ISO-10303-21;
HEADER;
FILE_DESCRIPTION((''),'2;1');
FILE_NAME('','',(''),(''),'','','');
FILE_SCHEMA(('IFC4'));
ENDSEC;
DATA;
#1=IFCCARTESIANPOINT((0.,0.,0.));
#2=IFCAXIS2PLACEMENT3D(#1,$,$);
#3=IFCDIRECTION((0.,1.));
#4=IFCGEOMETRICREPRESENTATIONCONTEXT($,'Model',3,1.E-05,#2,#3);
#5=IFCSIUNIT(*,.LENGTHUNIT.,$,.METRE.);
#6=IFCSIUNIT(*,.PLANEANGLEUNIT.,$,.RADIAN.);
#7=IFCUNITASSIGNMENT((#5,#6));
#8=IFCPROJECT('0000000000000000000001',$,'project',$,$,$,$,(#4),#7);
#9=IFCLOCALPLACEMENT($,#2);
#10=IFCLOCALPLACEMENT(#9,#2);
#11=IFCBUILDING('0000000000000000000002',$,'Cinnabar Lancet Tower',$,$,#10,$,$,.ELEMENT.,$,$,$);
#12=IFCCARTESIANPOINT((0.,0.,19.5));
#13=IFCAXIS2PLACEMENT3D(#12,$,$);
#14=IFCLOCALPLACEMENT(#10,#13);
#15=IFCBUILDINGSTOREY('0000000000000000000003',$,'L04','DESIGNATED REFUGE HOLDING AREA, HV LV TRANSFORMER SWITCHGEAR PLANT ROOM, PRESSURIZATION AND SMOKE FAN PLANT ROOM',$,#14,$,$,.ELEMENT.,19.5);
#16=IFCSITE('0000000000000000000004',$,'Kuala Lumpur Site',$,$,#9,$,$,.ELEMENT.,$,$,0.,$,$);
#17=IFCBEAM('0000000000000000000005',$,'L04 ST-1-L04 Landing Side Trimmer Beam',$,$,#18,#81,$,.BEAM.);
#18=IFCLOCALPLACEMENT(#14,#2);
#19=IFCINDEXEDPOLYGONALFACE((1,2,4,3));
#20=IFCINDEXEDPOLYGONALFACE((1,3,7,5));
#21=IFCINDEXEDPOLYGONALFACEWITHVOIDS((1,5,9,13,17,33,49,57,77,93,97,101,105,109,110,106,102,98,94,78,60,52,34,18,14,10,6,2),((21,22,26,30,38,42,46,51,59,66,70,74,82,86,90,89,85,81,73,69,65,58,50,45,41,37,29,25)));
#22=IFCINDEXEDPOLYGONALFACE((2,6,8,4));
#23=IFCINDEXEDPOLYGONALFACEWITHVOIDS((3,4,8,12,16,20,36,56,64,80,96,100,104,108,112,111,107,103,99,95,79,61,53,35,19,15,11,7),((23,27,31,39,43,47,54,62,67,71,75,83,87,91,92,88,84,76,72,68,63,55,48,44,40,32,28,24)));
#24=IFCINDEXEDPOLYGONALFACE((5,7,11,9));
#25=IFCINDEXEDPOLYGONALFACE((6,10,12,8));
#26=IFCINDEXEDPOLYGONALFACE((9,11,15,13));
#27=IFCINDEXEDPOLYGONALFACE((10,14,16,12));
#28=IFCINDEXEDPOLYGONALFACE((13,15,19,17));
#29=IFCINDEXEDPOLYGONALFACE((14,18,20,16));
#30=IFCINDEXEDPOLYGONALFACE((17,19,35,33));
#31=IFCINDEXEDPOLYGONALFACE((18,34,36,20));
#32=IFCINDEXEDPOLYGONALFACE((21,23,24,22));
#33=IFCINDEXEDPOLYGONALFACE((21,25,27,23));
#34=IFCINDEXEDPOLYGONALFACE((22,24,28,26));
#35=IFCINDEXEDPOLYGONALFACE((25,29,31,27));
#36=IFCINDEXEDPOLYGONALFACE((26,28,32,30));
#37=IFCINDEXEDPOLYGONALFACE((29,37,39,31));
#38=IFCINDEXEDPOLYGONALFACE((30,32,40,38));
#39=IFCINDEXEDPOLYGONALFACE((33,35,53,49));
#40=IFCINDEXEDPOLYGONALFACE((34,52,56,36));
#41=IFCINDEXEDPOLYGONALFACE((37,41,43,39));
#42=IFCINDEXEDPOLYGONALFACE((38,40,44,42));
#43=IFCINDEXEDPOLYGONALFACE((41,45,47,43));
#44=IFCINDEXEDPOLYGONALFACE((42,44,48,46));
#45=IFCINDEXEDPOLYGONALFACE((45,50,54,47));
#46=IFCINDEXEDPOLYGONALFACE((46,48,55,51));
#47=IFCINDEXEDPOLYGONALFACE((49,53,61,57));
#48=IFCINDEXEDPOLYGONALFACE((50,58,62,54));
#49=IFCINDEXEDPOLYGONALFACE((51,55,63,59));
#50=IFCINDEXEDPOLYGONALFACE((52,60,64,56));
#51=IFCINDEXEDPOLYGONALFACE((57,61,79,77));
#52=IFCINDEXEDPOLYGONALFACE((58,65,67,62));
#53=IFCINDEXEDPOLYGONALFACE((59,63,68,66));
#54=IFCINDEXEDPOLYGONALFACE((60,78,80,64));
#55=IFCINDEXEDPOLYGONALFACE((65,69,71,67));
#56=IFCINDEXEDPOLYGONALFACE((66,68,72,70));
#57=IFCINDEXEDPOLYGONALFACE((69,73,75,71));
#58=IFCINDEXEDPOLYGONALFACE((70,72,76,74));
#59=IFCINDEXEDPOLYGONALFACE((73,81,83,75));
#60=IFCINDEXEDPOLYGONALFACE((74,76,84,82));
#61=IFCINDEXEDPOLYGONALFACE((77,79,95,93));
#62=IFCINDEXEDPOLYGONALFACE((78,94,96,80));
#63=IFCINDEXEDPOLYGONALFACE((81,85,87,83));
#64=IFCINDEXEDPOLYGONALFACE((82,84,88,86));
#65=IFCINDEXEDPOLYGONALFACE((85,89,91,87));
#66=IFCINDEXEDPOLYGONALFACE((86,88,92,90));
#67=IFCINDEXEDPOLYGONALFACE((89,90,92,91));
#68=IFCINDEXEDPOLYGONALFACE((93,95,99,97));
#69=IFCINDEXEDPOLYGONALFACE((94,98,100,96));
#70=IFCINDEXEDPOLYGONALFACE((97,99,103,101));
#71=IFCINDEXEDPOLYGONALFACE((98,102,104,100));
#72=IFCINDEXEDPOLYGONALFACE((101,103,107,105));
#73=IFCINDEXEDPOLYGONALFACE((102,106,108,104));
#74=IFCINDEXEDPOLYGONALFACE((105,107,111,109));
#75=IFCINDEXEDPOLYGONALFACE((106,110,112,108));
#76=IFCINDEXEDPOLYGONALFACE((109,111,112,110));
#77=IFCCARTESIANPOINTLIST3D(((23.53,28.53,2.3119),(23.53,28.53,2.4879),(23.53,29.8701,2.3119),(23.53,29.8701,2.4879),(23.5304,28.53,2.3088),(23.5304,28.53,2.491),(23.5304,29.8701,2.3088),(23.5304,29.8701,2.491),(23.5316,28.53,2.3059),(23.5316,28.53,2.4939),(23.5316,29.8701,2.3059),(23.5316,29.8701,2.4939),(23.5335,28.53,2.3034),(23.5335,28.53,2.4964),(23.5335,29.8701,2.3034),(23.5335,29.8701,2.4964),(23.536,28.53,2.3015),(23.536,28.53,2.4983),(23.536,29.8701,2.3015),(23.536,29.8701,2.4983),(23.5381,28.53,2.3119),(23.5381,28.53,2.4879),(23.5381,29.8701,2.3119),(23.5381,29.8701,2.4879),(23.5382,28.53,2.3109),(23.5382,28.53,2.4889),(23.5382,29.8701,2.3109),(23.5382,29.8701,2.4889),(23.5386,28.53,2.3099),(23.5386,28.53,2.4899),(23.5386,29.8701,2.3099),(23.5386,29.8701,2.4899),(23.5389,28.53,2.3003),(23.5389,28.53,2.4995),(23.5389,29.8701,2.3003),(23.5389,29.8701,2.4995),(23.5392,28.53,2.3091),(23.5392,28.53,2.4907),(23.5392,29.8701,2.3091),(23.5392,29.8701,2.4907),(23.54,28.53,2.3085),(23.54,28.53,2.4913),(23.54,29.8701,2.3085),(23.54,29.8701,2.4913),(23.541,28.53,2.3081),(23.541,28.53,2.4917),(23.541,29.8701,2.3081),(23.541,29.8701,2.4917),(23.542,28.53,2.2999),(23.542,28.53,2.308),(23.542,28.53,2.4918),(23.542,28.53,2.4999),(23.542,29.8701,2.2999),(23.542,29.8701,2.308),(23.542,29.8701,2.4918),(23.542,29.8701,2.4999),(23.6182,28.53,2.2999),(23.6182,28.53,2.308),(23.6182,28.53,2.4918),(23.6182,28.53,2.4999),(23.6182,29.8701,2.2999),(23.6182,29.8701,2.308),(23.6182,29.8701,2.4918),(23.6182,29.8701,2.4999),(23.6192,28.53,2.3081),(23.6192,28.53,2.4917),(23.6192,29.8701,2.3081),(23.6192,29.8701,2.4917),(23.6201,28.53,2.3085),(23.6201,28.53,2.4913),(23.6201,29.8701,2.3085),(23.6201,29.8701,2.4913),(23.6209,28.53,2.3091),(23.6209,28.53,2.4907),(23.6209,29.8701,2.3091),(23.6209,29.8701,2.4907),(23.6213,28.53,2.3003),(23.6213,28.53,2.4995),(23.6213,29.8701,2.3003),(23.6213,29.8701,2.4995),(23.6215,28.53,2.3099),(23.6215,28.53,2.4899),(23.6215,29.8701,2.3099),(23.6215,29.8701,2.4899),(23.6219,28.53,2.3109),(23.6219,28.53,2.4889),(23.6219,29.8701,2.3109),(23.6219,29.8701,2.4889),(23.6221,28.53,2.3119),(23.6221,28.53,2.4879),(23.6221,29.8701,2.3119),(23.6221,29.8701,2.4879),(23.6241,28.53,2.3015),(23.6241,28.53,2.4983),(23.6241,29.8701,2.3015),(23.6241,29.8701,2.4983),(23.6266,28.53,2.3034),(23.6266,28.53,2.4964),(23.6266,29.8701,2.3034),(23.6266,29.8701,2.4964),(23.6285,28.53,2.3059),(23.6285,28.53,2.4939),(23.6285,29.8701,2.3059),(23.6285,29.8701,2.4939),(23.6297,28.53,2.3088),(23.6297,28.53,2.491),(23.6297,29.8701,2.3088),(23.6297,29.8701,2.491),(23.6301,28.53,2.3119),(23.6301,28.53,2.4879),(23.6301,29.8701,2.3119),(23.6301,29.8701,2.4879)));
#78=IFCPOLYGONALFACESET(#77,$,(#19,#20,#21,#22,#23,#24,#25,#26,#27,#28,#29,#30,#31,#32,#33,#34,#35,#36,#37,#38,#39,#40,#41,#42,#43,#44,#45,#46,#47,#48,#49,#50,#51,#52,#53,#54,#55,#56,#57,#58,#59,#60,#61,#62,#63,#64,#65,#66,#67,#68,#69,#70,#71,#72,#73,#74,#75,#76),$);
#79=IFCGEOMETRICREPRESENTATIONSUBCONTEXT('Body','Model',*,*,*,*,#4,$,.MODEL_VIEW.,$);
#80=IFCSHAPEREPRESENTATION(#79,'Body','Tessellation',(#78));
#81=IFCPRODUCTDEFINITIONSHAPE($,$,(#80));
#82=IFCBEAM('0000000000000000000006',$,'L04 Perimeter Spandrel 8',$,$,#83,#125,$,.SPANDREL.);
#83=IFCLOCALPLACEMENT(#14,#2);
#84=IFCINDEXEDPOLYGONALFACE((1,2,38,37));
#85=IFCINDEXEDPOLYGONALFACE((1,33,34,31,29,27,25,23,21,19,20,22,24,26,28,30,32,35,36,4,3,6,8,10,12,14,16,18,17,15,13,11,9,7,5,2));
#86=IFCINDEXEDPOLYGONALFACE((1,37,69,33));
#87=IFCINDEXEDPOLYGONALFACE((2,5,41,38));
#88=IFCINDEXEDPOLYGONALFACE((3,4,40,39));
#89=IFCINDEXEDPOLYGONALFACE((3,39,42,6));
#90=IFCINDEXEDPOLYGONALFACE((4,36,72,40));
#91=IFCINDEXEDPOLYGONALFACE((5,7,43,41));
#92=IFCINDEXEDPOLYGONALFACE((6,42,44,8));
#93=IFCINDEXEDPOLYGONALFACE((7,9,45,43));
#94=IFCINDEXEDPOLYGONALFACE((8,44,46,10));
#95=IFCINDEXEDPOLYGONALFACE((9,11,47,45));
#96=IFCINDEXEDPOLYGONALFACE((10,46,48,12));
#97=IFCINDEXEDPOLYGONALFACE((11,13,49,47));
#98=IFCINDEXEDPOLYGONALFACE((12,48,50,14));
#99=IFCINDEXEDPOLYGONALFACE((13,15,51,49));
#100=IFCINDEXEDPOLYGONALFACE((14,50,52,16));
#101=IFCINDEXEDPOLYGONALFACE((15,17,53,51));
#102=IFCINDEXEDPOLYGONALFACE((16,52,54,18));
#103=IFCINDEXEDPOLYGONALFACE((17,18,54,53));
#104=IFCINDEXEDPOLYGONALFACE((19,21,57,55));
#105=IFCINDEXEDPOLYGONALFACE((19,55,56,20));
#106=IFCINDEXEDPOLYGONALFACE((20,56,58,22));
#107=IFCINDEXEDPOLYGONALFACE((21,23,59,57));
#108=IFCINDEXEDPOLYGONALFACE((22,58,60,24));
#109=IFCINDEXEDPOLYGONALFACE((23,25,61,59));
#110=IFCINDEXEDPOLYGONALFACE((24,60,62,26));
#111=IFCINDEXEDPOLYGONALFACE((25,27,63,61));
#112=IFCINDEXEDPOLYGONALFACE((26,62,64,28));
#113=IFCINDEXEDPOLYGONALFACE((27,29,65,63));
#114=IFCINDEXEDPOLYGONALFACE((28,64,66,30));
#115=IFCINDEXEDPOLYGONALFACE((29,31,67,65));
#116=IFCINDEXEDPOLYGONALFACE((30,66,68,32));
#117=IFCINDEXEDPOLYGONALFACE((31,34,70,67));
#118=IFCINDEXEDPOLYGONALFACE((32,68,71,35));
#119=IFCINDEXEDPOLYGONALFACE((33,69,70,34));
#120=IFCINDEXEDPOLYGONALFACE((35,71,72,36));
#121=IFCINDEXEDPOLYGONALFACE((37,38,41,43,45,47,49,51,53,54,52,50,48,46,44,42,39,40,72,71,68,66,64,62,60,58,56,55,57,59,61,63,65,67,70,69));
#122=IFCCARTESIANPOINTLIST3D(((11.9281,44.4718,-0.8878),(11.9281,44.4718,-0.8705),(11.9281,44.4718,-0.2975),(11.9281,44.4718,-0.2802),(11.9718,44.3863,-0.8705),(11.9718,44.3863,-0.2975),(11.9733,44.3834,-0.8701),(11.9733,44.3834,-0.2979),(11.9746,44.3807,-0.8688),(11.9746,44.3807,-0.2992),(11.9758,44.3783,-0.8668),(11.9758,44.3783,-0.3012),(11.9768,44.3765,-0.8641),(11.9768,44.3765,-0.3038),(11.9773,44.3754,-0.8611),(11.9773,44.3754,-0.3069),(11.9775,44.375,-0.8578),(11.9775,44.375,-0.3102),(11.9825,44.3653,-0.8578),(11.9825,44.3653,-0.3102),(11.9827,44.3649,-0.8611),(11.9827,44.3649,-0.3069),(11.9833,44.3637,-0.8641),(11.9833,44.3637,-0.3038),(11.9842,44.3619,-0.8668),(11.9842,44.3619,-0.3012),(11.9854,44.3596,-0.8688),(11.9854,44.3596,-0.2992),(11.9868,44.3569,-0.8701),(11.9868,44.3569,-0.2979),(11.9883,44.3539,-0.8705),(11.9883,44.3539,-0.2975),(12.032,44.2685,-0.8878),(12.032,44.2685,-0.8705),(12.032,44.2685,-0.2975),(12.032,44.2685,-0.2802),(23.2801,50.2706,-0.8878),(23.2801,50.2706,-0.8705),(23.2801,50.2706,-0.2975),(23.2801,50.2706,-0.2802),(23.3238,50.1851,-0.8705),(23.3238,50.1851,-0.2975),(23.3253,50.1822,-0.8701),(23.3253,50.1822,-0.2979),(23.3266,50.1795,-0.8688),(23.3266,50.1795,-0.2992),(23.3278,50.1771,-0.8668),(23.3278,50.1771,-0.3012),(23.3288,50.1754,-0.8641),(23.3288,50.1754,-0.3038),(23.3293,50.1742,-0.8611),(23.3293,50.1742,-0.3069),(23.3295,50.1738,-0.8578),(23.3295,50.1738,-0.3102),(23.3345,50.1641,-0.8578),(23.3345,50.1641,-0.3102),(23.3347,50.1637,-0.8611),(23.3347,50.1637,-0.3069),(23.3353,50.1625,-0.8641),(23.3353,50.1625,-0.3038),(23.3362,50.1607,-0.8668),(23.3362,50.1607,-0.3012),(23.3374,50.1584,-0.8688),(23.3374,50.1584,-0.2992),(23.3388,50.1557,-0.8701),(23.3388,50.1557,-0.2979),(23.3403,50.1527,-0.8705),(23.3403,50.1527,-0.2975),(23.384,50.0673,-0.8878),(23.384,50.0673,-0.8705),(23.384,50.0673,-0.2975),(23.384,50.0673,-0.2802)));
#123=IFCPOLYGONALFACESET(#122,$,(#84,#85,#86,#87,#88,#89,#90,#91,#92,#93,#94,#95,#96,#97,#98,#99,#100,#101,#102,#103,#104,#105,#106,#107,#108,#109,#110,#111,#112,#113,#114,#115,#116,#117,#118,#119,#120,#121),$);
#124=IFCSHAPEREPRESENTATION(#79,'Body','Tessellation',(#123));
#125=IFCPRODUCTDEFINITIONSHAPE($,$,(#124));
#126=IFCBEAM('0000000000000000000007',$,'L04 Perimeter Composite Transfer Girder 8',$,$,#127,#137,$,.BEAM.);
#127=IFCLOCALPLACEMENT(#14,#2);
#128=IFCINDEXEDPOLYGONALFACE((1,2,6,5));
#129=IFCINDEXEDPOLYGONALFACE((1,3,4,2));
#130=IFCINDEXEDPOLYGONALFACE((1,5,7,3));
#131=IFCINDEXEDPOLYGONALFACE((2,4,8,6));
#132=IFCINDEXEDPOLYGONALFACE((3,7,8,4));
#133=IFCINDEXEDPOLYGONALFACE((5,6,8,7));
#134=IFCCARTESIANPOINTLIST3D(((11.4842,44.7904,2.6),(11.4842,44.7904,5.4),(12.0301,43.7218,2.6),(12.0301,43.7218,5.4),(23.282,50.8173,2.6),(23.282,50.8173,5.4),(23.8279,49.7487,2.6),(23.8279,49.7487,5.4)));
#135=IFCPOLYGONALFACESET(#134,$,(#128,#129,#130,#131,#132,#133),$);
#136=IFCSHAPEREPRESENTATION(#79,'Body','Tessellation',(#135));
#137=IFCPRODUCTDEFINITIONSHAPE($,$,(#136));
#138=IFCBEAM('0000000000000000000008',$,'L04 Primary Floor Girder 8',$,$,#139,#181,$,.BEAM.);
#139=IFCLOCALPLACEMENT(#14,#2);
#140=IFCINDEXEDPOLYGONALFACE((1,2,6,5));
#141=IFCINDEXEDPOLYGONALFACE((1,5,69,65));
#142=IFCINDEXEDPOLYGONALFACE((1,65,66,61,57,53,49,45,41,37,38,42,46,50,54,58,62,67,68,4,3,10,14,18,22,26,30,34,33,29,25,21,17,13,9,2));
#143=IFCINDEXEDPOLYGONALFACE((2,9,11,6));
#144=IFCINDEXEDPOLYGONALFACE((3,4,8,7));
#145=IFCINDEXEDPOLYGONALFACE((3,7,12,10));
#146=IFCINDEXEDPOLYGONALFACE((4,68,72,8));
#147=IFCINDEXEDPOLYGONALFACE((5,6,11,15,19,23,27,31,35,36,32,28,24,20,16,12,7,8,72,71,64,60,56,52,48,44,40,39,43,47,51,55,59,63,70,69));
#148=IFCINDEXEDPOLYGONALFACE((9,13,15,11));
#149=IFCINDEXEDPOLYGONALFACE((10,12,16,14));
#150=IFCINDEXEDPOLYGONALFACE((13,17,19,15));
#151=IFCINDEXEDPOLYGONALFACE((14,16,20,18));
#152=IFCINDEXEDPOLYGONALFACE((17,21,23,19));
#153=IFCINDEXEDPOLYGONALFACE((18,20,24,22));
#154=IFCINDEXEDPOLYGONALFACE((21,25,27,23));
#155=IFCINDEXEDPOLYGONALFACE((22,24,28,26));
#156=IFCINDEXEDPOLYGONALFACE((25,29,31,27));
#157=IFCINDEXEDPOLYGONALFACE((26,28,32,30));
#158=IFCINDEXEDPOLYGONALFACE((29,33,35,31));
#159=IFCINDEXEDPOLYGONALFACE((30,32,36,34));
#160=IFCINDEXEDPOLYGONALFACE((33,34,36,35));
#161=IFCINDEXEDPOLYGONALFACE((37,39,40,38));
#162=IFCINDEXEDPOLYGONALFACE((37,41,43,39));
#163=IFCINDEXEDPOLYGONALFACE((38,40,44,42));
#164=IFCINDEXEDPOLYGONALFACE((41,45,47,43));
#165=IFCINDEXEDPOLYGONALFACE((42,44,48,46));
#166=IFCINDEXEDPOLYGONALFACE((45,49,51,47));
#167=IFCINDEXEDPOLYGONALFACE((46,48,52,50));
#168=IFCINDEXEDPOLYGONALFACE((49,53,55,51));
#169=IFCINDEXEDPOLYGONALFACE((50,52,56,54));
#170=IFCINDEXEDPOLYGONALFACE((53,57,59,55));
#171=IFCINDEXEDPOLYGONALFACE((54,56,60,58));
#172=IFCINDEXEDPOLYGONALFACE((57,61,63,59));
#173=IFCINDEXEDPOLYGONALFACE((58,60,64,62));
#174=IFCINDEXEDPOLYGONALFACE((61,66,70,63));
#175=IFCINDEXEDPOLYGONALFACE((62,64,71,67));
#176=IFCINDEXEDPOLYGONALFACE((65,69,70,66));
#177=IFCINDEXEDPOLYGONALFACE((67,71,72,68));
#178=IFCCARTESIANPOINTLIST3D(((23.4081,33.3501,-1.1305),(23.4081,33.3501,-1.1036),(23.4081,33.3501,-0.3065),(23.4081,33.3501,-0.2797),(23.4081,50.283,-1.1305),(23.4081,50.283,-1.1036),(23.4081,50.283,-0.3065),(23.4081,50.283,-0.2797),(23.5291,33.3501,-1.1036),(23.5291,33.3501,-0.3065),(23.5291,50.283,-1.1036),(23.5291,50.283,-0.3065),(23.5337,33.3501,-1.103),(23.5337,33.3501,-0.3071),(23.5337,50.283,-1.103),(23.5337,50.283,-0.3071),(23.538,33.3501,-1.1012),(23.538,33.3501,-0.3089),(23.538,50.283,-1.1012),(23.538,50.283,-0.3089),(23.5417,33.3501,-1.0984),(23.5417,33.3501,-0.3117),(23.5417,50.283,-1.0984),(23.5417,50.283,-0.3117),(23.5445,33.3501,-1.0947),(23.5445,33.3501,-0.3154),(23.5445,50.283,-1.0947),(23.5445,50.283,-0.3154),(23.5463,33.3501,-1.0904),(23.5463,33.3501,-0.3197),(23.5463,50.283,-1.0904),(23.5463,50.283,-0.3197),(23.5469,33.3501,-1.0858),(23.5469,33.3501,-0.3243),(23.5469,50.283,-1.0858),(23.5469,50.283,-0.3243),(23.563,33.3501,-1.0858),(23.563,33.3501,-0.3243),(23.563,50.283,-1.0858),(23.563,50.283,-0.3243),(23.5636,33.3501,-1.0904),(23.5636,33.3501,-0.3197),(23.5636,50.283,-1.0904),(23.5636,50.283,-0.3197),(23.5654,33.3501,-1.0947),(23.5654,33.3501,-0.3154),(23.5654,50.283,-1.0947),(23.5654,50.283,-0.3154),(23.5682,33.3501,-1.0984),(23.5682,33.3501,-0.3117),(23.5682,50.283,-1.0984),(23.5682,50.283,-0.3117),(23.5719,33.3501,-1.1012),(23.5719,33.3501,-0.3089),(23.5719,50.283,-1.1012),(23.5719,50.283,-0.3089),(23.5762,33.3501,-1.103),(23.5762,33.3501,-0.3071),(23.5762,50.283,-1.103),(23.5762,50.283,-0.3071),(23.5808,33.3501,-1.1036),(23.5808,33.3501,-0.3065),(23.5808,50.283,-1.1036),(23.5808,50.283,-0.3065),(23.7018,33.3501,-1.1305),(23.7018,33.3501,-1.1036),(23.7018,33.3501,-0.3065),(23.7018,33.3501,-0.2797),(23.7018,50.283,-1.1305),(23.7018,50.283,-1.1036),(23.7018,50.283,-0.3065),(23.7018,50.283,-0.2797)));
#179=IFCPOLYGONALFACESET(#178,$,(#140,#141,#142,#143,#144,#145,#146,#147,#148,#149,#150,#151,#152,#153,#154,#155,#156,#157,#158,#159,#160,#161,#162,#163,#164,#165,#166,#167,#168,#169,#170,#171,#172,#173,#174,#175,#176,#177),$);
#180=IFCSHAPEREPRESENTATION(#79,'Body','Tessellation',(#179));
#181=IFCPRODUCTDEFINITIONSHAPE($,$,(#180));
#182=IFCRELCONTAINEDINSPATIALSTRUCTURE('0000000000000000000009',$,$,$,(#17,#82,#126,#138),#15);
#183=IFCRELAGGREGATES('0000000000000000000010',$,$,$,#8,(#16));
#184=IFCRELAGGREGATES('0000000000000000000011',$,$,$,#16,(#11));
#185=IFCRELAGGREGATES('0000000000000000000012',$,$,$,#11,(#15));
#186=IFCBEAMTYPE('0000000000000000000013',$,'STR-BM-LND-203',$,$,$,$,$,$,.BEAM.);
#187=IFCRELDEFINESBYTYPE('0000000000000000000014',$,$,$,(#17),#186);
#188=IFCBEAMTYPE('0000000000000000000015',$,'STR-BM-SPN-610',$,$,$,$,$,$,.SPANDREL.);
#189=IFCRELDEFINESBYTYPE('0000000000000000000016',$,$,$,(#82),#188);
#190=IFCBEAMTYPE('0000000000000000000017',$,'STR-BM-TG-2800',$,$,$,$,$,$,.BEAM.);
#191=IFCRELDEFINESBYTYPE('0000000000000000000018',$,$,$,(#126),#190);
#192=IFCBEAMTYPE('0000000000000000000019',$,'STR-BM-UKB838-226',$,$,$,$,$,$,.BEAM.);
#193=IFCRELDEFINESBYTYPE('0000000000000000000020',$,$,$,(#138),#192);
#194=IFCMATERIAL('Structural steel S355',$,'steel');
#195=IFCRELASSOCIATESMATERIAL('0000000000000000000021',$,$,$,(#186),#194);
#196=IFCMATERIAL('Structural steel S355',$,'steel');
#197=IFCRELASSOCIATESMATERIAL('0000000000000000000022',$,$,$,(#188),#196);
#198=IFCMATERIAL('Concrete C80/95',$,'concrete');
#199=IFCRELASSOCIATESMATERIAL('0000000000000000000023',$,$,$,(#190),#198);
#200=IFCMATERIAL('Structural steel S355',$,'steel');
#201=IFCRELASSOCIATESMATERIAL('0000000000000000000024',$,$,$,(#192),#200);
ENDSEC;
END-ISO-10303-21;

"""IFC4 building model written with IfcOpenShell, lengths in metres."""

from ifc_helpers import new_model, si_unit, direction, frame, origin, origin_2d, place, context, subcontext, project, spatial, rectangle, hollow_rectangle, i_section, extrude, material, material_profile, profile_set, type_object, element, save


model = new_model("IFC4")

# Units and contexts
model_context = context("Model", 3, precision=1e-05, world=origin(), true_north=direction((0.0, 1.0)))
body_context = subcontext(model_context, "Body", "Model", "MODEL_VIEW")
ifc_project = project(units=[si_unit("LENGTHUNIT", "METRE"), si_unit("PLANEANGLEUNIT", "RADIAN")], contexts=[model_context])

# Site, building, storey
site_placement = place(None, origin())
site = spatial("IfcSite", under=ifc_project, at=site_placement, Name="Kuala Lumpur Site", CompositionType="ELEMENT", RefElevation=0.0)
building_placement = place(site_placement, origin())
building = spatial("IfcBuilding", under=site, at=building_placement, Name="Cinnabar Lancet Tower", CompositionType="ELEMENT")
storey_placement = place(building_placement, frame((0.0, 0.0, 19.5)))
storey = spatial("IfcBuildingStorey", under=building, at=storey_placement, Name="L04", Description="DESIGNATED REFUGE HOLDING AREA, HV LV TRANSFORMER SWITCHGEAR PLANT ROOM, PRESSURIZATION AND SMOKE FAN PLANT ROOM", CompositionType="ELEMENT", Elevation=19.5)

# Beams
ifc_material_1 = material(Name="Structural steel S355", Category="steel")
ifc_material_profile_1 = material_profile(ifc_material_1, hollow_rectangle(XDim=0.1001, YDim=0.2, WallThickness=0.0081, InnerFilletRadius=0.0039, OuterFilletRadius=0.012, at=origin_2d()), Name="RHS 200x100x8")
ifc_profile_set_1 = profile_set([ifc_material_profile_1], Name="Structural steel S355")
beam_type_1 = type_object("IfcBeamType", Name="STR-BM-LND-203", PredefinedType="BEAM", material=ifc_profile_set_1)
beam_1_placement = place(storey_placement, frame((23.5801, 28.53, 2.3999), z_axis=(0.0, 1.0, 0.0), x_axis=(-1.0, 0.0, 0.0)))
element("IfcBeam", 1, at=beam_1_placement, inside=storey, type_object=beam_type_1, Name="L04 ST-1-L04 Landing Side Trimmer Beam", PredefinedType="BEAM", context=body_context, shape_type="SweptSolid", body=[
    extrude(hollow_rectangle(XDim=0.1001, YDim=0.2, WallThickness=0.0081, InnerFilletRadius=0.0039, OuterFilletRadius=0.012, at=origin_2d()), origin(), (0.0, 0.0, 1.0), 1.3401),
])
ifc_material_2 = material(Name="Structural steel S355", Category="steel")
ifc_material_profile_2 = material_profile(ifc_material_2, i_section(OverallWidth=0.2283, OverallDepth=0.6077, WebThickness=0.011, FlangeThickness=0.0173, FilletRadius=0.0127, at=origin_2d()), Name="UKB 610x229x113")
ifc_profile_set_2 = profile_set([ifc_material_profile_2], Name="Structural steel S355")
beam_type_2 = type_object("IfcBeamType", Name="STR-BM-SPN-610", PredefinedType="SPANDREL", material=ifc_profile_set_2)
beam_2_placement = place(storey_placement, frame((23.332, 50.1689, -0.584), z_axis=(-0.890541, -0.454904, 0.0), x_axis=(0.454904, -0.890541, 0.0)))
element("IfcBeam", 2, at=beam_2_placement, inside=storey, type_object=beam_type_2, Name="L04 Perimeter Spandrel 8", PredefinedType="SPANDREL", context=body_context, shape_type="SweptSolid", body=[
    extrude(i_section(OverallWidth=0.2283, OverallDepth=0.6077, WebThickness=0.011, FlangeThickness=0.0173, FilletRadius=0.0127, at=origin_2d()), origin(), (0.0, 0.0, 1.0), 12.7473),
])
ifc_material_3 = material(Name="Concrete C80/95", Category="concrete")
ifc_material_profile_3 = material_profile(ifc_material_3, rectangle(XDim=1.2, YDim=2.8, at=origin_2d()), Name="RC-TG 1200x2800")
ifc_profile_set_3 = profile_set([ifc_material_profile_3], Name="Concrete C80/95")
beam_type_3 = type_object("IfcBeamType", Name="STR-BM-TG-2800", PredefinedType="BEAM", material=ifc_profile_set_3)
beam_3_placement = place(storey_placement, frame((23.5549, 50.283, 4.0), z_axis=(-0.890531, -0.454922, 0.0), x_axis=(0.454922, -0.890531, 0.0)))
element("IfcBeam", 3, at=beam_3_placement, inside=storey, type_object=beam_type_3, Name="L04 Perimeter Composite Transfer Girder 8", PredefinedType="BEAM", context=body_context, shape_type="SweptSolid", body=[
    extrude(rectangle(XDim=1.2, YDim=2.8, at=origin_2d()), origin(), (0.0, 0.0, 1.0), 13.248),
])
ifc_material_4 = material(Name="Structural steel S355", Category="steel")
ifc_material_profile_4 = material_profile(ifc_material_4, i_section(OverallWidth=0.2937, OverallDepth=0.8508, WebThickness=0.0161, FlangeThickness=0.0269, FilletRadius=0.0178, at=origin_2d()), Name="UKB 838x292x226")
ifc_profile_set_4 = profile_set([ifc_material_profile_4], Name="Structural steel S355")
beam_type_4 = type_object("IfcBeamType", Name="STR-BM-UKB838-226", PredefinedType="BEAM", material=ifc_profile_set_4)
beam_4_placement = place(storey_placement, frame((23.5549, 50.283, -0.7051), z_axis=(0.0, -1.0, 0.0), x_axis=(1.0, 0.0, 0.0)))
element("IfcBeam", 4, at=beam_4_placement, inside=storey, type_object=beam_type_4, Name="L04 Primary Floor Girder 8", PredefinedType="BEAM", context=body_context, shape_type="SweptSolid", body=[
    extrude(i_section(OverallWidth=0.2937, OverallDepth=0.8508, WebThickness=0.0161, FlangeThickness=0.0269, FilletRadius=0.0178, at=origin_2d()), origin(), (0.0, 0.0, 1.0), 16.9329),
])

save(model, "model.ifc")
